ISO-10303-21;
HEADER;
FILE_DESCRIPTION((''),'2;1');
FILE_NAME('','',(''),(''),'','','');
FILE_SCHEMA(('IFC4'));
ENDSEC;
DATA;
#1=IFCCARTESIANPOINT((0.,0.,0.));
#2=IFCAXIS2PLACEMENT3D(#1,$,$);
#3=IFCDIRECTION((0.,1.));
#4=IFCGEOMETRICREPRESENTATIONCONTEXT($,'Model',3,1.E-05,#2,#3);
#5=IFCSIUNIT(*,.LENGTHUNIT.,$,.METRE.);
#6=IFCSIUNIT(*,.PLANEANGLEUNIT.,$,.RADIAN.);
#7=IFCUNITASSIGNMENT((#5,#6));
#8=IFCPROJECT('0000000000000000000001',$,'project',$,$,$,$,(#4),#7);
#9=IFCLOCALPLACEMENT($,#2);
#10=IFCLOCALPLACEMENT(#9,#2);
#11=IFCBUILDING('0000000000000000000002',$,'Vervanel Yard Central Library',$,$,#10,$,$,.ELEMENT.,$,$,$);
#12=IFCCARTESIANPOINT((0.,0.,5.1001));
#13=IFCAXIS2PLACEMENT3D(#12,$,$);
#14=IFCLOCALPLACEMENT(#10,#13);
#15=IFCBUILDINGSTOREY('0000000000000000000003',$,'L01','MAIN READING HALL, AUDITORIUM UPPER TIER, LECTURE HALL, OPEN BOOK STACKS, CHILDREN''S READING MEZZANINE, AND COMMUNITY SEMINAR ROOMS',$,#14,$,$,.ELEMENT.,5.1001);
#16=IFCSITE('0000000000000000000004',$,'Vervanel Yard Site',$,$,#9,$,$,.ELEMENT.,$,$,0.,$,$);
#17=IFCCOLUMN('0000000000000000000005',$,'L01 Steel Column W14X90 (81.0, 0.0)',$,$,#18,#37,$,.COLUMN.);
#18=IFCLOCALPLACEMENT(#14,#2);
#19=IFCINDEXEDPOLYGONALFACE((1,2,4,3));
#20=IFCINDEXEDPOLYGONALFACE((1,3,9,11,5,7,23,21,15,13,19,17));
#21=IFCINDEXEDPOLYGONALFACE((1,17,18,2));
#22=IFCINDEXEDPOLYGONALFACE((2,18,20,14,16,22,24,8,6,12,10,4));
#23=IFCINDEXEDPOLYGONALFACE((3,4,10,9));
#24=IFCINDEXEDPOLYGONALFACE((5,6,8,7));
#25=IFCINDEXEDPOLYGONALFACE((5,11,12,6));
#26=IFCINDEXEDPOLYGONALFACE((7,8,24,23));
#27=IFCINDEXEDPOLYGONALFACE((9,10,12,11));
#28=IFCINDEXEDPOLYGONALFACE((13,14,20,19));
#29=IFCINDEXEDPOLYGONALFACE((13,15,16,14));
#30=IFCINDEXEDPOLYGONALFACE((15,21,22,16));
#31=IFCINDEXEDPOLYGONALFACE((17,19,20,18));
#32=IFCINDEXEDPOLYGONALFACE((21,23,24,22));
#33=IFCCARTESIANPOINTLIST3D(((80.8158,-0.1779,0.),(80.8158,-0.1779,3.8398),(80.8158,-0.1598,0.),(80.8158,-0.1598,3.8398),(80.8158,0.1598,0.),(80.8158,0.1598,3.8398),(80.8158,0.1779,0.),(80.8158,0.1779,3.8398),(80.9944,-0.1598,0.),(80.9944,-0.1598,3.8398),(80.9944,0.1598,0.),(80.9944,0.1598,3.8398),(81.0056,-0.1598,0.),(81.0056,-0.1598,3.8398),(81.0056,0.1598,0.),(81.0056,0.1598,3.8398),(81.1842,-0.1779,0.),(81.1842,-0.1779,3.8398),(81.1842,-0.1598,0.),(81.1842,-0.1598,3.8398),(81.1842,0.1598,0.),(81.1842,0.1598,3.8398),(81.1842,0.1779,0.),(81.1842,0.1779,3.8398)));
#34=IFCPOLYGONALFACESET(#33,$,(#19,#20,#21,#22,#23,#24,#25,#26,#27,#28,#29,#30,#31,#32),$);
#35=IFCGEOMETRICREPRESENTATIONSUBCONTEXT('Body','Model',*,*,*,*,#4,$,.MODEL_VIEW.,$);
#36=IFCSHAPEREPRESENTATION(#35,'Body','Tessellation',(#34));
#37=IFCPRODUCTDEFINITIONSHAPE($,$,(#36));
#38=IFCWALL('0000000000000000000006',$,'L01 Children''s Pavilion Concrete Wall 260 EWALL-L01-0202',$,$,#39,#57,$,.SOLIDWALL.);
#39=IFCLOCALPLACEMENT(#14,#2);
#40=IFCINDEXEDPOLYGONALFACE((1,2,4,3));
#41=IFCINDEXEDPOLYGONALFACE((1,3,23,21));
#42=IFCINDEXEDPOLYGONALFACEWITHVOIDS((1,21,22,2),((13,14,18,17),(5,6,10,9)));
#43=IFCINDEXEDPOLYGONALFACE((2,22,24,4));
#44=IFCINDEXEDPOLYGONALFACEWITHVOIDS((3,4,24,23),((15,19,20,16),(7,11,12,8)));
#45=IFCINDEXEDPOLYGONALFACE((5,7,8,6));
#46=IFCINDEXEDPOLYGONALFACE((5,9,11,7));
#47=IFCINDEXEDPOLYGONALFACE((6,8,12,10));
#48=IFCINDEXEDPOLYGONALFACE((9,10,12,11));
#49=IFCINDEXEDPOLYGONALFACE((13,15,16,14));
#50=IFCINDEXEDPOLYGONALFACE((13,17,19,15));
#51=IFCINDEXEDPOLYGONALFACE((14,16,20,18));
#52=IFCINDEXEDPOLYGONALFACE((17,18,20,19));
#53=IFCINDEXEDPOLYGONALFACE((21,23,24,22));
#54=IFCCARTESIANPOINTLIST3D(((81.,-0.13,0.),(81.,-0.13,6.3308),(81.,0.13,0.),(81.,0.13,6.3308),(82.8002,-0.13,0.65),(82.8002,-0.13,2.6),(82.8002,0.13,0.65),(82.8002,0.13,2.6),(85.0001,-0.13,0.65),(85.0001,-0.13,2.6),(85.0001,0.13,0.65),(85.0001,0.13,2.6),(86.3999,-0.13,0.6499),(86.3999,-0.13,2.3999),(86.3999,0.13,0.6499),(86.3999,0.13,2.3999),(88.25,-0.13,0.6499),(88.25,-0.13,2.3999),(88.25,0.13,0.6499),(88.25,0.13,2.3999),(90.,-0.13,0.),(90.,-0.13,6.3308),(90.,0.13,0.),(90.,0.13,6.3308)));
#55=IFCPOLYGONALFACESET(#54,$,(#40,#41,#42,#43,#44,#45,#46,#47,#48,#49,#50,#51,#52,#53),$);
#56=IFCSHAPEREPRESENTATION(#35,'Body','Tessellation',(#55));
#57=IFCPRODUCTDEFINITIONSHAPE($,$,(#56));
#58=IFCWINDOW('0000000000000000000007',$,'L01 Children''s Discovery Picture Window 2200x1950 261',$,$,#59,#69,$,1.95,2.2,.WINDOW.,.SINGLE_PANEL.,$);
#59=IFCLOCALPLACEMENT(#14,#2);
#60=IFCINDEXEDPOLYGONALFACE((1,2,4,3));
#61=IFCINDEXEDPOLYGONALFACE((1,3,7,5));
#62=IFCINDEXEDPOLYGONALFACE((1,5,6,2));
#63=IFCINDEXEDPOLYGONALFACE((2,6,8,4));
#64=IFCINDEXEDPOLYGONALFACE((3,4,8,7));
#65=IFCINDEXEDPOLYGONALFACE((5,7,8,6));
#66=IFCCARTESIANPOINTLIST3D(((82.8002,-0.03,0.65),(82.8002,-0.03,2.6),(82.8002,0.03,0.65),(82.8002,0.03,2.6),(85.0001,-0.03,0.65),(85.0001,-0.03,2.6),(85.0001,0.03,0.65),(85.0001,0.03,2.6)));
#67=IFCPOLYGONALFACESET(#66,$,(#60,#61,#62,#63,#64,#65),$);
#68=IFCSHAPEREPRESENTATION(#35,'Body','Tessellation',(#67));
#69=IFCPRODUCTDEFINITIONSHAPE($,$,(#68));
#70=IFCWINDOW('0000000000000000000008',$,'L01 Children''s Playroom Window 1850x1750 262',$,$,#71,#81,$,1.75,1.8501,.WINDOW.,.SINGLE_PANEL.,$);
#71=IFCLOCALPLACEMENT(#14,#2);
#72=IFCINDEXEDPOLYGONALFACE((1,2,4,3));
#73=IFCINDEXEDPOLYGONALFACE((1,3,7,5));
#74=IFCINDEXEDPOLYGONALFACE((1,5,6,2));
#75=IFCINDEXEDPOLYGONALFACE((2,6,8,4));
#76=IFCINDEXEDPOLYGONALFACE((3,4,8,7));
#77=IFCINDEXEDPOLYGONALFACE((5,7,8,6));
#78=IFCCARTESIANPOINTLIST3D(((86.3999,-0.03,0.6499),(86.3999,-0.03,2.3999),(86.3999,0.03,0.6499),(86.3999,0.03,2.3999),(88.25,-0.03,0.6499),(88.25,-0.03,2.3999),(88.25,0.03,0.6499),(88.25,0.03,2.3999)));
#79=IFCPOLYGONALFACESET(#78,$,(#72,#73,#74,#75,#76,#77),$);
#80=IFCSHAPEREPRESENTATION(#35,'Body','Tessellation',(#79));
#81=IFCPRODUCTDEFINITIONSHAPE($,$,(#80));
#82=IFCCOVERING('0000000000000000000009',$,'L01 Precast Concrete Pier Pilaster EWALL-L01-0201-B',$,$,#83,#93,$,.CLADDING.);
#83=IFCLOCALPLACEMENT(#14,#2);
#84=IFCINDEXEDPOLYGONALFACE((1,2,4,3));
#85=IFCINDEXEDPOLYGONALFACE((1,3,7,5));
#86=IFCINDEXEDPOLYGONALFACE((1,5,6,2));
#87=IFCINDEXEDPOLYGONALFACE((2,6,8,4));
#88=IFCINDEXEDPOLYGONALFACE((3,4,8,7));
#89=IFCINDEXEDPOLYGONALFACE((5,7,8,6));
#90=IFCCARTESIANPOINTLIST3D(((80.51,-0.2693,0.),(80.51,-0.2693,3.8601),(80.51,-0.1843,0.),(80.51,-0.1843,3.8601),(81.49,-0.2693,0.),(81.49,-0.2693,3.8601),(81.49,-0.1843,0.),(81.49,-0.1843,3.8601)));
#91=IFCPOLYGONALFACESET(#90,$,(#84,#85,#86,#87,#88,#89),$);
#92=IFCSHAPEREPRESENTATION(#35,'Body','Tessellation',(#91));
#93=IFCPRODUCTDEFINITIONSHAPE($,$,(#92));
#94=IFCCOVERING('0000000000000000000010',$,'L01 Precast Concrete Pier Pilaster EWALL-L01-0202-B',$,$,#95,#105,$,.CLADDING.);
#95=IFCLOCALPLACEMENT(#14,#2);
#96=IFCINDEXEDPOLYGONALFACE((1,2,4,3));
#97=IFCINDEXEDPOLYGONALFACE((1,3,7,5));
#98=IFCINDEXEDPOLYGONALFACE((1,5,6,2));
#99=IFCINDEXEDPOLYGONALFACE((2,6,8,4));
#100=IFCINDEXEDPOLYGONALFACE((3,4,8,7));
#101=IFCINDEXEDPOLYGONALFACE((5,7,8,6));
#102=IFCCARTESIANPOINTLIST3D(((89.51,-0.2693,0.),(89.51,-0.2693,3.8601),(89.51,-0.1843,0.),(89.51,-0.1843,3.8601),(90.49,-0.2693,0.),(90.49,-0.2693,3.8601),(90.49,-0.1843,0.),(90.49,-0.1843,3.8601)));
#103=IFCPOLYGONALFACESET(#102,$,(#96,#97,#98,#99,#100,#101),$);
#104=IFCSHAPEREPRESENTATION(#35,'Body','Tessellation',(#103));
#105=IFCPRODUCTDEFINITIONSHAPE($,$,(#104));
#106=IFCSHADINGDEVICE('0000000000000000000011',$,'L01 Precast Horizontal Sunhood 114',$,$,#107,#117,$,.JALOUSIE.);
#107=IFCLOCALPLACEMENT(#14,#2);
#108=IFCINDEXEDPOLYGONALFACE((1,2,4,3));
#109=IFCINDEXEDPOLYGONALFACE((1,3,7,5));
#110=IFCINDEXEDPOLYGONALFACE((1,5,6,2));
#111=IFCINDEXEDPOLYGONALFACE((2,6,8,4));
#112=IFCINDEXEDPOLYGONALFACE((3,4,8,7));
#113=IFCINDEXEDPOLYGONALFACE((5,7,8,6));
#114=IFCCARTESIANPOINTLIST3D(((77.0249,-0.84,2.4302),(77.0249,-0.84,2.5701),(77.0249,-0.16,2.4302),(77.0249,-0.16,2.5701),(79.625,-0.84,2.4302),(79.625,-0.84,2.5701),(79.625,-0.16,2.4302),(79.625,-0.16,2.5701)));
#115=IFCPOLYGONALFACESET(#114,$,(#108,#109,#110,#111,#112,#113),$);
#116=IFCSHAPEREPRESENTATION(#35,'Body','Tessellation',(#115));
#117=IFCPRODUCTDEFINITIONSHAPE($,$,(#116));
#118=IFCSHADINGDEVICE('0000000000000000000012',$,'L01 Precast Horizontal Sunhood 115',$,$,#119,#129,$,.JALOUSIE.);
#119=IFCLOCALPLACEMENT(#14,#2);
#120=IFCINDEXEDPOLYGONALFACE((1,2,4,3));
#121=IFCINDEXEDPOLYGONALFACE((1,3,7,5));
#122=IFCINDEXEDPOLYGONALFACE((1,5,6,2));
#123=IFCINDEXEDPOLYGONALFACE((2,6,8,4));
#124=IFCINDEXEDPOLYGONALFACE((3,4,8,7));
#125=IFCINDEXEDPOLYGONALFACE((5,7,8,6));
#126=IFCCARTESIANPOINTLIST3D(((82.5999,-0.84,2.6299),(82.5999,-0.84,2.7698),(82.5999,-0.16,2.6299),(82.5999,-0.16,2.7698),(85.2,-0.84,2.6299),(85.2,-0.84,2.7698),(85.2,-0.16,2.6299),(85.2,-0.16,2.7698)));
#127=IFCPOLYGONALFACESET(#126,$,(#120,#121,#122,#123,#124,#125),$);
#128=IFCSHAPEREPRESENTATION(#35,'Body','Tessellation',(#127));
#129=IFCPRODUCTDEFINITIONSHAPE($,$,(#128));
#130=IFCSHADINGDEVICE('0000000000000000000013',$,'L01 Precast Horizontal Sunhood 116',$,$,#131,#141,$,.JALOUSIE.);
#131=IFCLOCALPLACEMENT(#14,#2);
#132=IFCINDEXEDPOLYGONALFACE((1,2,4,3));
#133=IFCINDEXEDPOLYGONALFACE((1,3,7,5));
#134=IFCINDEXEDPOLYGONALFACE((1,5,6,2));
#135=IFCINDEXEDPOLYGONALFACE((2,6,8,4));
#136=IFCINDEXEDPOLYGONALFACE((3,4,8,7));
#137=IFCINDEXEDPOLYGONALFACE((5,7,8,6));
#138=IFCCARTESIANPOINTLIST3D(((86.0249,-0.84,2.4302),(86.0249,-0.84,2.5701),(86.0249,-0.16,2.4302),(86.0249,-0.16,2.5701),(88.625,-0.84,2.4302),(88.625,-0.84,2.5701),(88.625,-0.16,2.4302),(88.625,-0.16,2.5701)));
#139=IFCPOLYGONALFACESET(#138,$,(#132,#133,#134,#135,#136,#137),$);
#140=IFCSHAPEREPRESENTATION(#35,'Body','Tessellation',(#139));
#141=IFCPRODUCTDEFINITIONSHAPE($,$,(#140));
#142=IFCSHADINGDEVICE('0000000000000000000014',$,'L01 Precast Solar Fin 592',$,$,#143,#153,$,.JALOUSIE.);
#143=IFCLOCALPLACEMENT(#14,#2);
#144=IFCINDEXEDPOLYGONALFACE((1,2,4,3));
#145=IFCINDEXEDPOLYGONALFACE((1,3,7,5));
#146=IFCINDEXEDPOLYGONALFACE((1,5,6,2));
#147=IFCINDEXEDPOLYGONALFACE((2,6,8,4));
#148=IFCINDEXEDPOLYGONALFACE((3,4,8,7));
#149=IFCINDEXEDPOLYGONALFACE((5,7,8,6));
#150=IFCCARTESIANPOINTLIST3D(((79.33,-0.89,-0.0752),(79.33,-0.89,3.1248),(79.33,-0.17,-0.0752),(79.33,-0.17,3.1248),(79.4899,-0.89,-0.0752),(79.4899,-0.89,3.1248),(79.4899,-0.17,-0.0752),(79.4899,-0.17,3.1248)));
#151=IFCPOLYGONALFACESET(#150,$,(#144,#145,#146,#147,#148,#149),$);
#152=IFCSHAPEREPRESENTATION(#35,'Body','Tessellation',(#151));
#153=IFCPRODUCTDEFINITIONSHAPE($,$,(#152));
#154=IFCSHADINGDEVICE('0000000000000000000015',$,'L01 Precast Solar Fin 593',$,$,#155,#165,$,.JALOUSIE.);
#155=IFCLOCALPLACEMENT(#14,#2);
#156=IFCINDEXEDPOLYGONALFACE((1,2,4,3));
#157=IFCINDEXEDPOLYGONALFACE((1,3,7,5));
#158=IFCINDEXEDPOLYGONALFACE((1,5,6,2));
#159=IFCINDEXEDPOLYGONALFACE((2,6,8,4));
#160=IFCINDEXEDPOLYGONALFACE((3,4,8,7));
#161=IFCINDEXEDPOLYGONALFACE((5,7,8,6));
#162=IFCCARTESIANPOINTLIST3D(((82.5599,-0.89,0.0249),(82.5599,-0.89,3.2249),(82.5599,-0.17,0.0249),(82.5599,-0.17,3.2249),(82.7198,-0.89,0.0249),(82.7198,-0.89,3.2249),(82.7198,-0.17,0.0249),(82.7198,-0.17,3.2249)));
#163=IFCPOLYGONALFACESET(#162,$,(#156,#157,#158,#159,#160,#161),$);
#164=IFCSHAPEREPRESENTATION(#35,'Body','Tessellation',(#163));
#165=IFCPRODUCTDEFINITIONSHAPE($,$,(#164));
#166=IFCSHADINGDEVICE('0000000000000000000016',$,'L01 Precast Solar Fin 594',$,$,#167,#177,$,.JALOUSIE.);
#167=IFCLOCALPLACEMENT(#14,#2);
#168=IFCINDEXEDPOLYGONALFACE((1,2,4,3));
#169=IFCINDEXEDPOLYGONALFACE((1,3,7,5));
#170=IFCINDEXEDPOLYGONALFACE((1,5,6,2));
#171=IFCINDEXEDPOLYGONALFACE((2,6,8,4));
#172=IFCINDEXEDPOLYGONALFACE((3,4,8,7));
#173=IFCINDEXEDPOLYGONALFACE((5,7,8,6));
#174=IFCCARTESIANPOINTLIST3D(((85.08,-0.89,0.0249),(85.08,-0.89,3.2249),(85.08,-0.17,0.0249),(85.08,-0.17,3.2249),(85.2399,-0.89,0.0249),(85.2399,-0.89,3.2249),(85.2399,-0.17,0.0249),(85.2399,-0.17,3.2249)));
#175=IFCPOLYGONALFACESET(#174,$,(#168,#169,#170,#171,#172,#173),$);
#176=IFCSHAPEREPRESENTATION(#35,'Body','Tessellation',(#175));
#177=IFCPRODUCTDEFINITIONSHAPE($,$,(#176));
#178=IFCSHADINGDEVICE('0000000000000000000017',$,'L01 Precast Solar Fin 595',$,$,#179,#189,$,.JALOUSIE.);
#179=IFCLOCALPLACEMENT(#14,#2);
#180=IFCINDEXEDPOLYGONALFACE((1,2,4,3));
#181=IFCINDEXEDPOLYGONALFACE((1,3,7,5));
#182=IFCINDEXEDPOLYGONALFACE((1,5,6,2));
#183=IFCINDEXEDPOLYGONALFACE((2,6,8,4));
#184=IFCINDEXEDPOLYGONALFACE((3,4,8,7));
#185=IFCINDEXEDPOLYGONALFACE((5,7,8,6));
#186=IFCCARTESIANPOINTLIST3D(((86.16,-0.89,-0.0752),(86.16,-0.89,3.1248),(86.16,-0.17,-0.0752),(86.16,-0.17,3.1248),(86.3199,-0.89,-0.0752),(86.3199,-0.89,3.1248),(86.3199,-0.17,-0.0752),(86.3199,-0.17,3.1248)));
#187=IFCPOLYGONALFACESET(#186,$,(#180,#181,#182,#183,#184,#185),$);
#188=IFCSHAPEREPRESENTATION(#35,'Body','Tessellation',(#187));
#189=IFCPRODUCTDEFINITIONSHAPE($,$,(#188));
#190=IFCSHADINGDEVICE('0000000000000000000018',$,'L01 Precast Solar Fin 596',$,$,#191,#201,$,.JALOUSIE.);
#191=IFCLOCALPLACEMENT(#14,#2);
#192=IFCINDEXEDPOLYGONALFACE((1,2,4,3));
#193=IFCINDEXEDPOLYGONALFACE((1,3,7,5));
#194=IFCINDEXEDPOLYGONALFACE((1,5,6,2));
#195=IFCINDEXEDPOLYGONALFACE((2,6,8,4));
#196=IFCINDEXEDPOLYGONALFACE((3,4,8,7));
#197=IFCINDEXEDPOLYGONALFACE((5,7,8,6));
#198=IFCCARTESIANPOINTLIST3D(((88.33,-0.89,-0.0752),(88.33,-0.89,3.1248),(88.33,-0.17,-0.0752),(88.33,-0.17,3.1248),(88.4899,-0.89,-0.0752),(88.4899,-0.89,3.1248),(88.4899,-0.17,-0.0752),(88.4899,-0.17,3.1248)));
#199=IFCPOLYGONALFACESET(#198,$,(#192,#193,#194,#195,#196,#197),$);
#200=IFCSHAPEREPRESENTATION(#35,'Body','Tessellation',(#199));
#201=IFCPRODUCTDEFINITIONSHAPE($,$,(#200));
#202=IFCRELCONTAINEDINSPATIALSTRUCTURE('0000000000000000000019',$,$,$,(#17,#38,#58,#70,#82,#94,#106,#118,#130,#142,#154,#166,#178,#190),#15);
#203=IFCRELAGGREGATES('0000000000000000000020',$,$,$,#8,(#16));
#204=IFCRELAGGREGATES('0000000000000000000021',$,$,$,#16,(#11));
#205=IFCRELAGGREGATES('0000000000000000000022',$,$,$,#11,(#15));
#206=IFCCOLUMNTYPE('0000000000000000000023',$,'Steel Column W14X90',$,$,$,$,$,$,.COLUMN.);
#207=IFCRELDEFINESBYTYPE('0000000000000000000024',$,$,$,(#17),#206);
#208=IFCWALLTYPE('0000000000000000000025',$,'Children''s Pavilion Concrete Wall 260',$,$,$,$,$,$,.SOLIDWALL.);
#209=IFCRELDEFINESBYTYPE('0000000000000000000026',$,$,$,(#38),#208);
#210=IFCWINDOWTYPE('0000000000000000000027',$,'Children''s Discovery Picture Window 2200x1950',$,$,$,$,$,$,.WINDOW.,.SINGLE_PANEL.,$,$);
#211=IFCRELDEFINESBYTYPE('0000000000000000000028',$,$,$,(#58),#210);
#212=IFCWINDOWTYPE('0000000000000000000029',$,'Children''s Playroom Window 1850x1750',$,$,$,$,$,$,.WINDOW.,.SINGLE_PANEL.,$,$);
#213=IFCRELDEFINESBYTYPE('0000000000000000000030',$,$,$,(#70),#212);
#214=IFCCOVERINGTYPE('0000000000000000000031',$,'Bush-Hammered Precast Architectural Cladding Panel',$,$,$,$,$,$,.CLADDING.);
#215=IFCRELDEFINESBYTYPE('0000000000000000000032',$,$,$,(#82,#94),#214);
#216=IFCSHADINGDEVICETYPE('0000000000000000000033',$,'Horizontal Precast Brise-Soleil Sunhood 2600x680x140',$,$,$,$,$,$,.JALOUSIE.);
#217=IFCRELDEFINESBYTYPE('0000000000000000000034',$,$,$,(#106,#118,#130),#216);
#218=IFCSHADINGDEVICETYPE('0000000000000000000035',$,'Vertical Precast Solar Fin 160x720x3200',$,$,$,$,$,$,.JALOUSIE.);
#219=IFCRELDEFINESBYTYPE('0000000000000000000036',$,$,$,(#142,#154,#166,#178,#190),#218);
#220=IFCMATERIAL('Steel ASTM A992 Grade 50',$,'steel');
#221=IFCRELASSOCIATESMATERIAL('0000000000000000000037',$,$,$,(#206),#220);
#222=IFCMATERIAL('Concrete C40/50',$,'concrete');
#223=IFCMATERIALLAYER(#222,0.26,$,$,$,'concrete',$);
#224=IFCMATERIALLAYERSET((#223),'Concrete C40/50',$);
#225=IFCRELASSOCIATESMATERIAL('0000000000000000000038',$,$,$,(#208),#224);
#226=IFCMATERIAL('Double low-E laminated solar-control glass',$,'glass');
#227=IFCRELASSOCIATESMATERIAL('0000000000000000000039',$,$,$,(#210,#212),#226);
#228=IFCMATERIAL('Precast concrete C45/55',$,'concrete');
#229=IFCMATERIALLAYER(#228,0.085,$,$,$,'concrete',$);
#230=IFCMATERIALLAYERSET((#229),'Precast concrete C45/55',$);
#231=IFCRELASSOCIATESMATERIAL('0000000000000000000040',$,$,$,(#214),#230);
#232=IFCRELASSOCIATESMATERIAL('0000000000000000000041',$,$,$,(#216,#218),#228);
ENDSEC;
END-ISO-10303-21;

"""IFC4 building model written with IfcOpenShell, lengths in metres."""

from ifc_helpers import new_model, si_unit, direction, frame, frame_2d, origin, origin_2d, place, context, subcontext, project, spatial, rectangle, i_section, extrude, material, layer, layer_set, material_profile, profile_set, type_object, element, fill, save


model = new_model("IFC4")

# Units and contexts
model_context = context("Model", 3, precision=1e-05, world=origin(), true_north=direction((0.0, 1.0)))
body_context = subcontext(model_context, "Body", "Model", "MODEL_VIEW")
ifc_project = project(units=[si_unit("LENGTHUNIT", "METRE"), si_unit("PLANEANGLEUNIT", "RADIAN")], contexts=[model_context])

# Site, building, storey
site_placement = place(None, origin())
site = spatial("IfcSite", under=ifc_project, at=site_placement, Name="Vervanel Yard Site", CompositionType="ELEMENT", RefElevation=0.0)
building_placement = place(site_placement, origin())
building = spatial("IfcBuilding", under=site, at=building_placement, Name="Vervanel Yard Central Library", CompositionType="ELEMENT")
storey_placement = place(building_placement, frame((0.0, 0.0, 5.1001)))
storey = spatial("IfcBuildingStorey", under=building, at=storey_placement, Name="L01", Description="MAIN READING HALL, AUDITORIUM UPPER TIER, LECTURE HALL, OPEN BOOK STACKS, CHILDREN'S READING MEZZANINE, AND COMMUNITY SEMINAR ROOMS", CompositionType="ELEMENT", Elevation=5.1001)

# Column
ifc_material_1 = material(Name="Steel ASTM A992 Grade 50", Category="steel")
ifc_material_profile = material_profile(ifc_material_1, i_section(OverallWidth=0.3684, OverallDepth=0.3557, WebThickness=0.0112, FlangeThickness=0.0181, at=origin_2d()), Name="W14X90", Category="steel")
ifc_profile_set = profile_set([ifc_material_profile], Name="Steel ASTM A992 Grade 50")
column_type = type_object("IfcColumnType", Name="Steel Column W14X90", PredefinedType="COLUMN", material=ifc_profile_set)
column_placement = place(storey_placement, frame((81.0, 0.0, 0.0), z_axis=(0.0, 0.0, 1.0), x_axis=(1.0, 0.0, 0.0)))
element("IfcColumn", 1, at=column_placement, inside=storey, type_object=column_type, Name="L01 Steel Column W14X90 (81.0, 0.0)", PredefinedType="COLUMN", context=body_context, shape_type="SweptSolid", body=[
    extrude(i_section(OverallWidth=0.3684, OverallDepth=0.3557, WebThickness=0.0112, FlangeThickness=0.0181, at=origin_2d()), origin(), (0.0, 0.0, 1.0), 3.8398),
])

# Wall, openings, windows
ifc_material_2 = material(Name="Concrete C40/50", Category="concrete")
ifc_layer_1 = layer(ifc_material_2, 0.26, Category="concrete")
ifc_layer_set_1 = layer_set([ifc_layer_1], Name="Concrete C40/50")
wall_type = type_object("IfcWallType", Name="Children's Pavilion Concrete Wall 260", PredefinedType="SOLIDWALL", material=ifc_layer_set_1)
wall_placement = place(storey_placement, frame((81.0, 0.0, 0.0), z_axis=(0.0, 0.0, 1.0), x_axis=(1.0, 0.0, 0.0)))
wall = element("IfcWall", 2, at=wall_placement, inside=storey, type_object=wall_type, Name="L01 Children's Pavilion Concrete Wall 260 EWALL-L01-0202", PredefinedType="SOLIDWALL", context=body_context, shape_type="SweptSolid", body=[
    extrude(rectangle(XDim=9.0, YDim=0.26, at=frame_2d((4.5, 0.0))), origin(), (0.0, 0.0, 1.0), 6.3308),
])
opening_1_placement = place(wall_placement, frame((1.8, 0.0, 0.6499)))
opening_1 = element("IfcOpeningElement", 3, at=opening_1_placement, cuts=wall, PredefinedType="OPENING", context=body_context, shape_type="SweptSolid", body=[
    extrude(rectangle(XDim=2.2, YDim=1.95, at=frame_2d((1.1001, 0.9751))), frame((0.0, 0.1399, 0.0), z_axis=(0.0, -1.0, 0.0), x_axis=(1.0, 0.0, 0.0)), (0.0, 0.0, 1.0), 0.28),
])
opening_2_placement = place(wall_placement, frame((5.3999, 0.0, 0.6499)))
opening_2 = element("IfcOpeningElement", 4, at=opening_2_placement, cuts=wall, PredefinedType="OPENING", context=body_context, shape_type="SweptSolid", body=[
    extrude(rectangle(XDim=1.8501, YDim=1.75, at=frame_2d((0.925, 0.875))), frame((0.0, 0.1399, 0.0), z_axis=(0.0, -1.0, 0.0), x_axis=(1.0, 0.0, 0.0)), (0.0, 0.0, 1.0), 0.28),
])
ifc_material_3 = material(Name="Double low-E laminated solar-control glass", Category="glass")
window_type_1 = type_object("IfcWindowType", Name="Children's Discovery Picture Window 2200x1950", PartitioningType="SINGLE_PANEL", PredefinedType="WINDOW", material=ifc_material_3)
window_1_placement = place(opening_1_placement, origin())
window_1 = element("IfcWindow", 5, at=window_1_placement, inside=storey, type_object=window_type_1, Name="L01 Children's Discovery Picture Window 2200x1950 261", OverallHeight=1.95, OverallWidth=2.2, PartitioningType="SINGLE_PANEL", PredefinedType="WINDOW", context=body_context, shape_type="SweptSolid", body=[
    extrude(rectangle(XDim=2.2, YDim=1.95, at=frame_2d((1.1001, 0.9751))), frame((0.0, 0.03, 0.0), z_axis=(0.0, -1.0, 0.0), x_axis=(1.0, 0.0, 0.0)), (0.0, 0.0, 1.0), 0.0601),
])
fill(opening_1, window_1)
window_type_2 = type_object("IfcWindowType", Name="Children's Playroom Window 1850x1750", PartitioningType="SINGLE_PANEL", PredefinedType="WINDOW", material=ifc_material_3)
window_2_placement = place(opening_2_placement, origin())
window_2 = element("IfcWindow", 6, at=window_2_placement, inside=storey, type_object=window_type_2, Name="L01 Children's Playroom Window 1850x1750 262", OverallHeight=1.75, OverallWidth=1.8501, PartitioningType="SINGLE_PANEL", PredefinedType="WINDOW", context=body_context, shape_type="SweptSolid", body=[
    extrude(rectangle(XDim=1.8501, YDim=1.75, at=frame_2d((0.925, 0.875))), frame((0.0, 0.03, 0.0), z_axis=(0.0, -1.0, 0.0), x_axis=(1.0, 0.0, 0.0)), (0.0, 0.0, 1.0), 0.0601),
])
fill(opening_2, window_2)

# Coverings
ifc_material_4 = material(Name="Precast concrete C45/55", Category="concrete")
ifc_layer_2 = layer(ifc_material_4, 0.085, Category="concrete")
ifc_layer_set_2 = layer_set([ifc_layer_2], Name="Precast concrete C45/55")
covering_type = type_object("IfcCoveringType", Name="Bush-Hammered Precast Architectural Cladding Panel", PredefinedType="CLADDING", material=ifc_layer_set_2)
for number, where, z_axis, x_axis, name in (
    (7, (81.0, -0.2268, 0.0), (0.0, 0.0, 1.0), (1.0, 0.0, 0.0), "L01 Precast Concrete Pier Pilaster EWALL-L01-0201-B"),
    (8, (90.0, -0.2268, 0.0), (0.0, 0.0, 1.0), (1.0, 0.0, 0.0), "L01 Precast Concrete Pier Pilaster EWALL-L01-0202-B"),
):
    element("IfcCovering", number, at=place(storey_placement, frame(where, z_axis=z_axis, x_axis=x_axis)), inside=storey, type_object=covering_type, Name=name, PredefinedType="CLADDING", context=body_context, shape_type="SweptSolid", body=[
        extrude(rectangle(XDim=0.98, YDim=0.085, at=origin_2d()), origin(), (0.0, 0.0, 1.0), 3.8601),
    ])

# Shading devices
shading_device_type_1 = type_object("IfcShadingDeviceType", Name="Horizontal Precast Brise-Soleil Sunhood 2600x680x140", PredefinedType="JALOUSIE", material=ifc_material_4)
for number, where, z_axis, x_axis, name in (
    (9, (78.325, -0.5, 2.4302), (0.0, 0.0, 1.0), (1.0, 0.0, 0.0), "L01 Precast Horizontal Sunhood 114"),
    (10, (83.8999, -0.5, 2.6299), (0.0, 0.0, 1.0), (1.0, 0.0, 0.0), "L01 Precast Horizontal Sunhood 115"),
    (11, (87.325, -0.5, 2.4302), (0.0, 0.0, 1.0), (1.0, 0.0, 0.0), "L01 Precast Horizontal Sunhood 116"),
):
    element("IfcShadingDevice", number, at=place(storey_placement, frame(where, z_axis=z_axis, x_axis=x_axis)), inside=storey, type_object=shading_device_type_1, Name=name, PredefinedType="JALOUSIE", context=body_context, shape_type="SweptSolid", body=[
        extrude(rectangle(XDim=2.6001, YDim=0.6799, at=origin_2d()), origin(), (0.0, 0.0, 1.0), 0.1399),
    ])
shading_device_type_2 = type_object("IfcShadingDeviceType", Name="Vertical Precast Solar Fin 160x720x3200", PredefinedType="JALOUSIE", material=ifc_material_4)
for number, where, z_axis, x_axis, name in (
    (12, (79.4099, -0.53, -0.0752), (0.0, 0.0, 1.0), (1.0, 0.0, 0.0), "L01 Precast Solar Fin 592"),
    (13, (82.6399, -0.53, 0.0249), (0.0, 0.0, 1.0), (1.0, 0.0, 0.0), "L01 Precast Solar Fin 593"),
    (14, (85.1599, -0.53, 0.0249), (0.0, 0.0, 1.0), (1.0, 0.0, 0.0), "L01 Precast Solar Fin 594"),
    (15, (86.24, -0.53, -0.0752), (0.0, 0.0, 1.0), (1.0, 0.0, 0.0), "L01 Precast Solar Fin 595"),
    (16, (88.4099, -0.53, -0.0752), (0.0, 0.0, 1.0), (1.0, 0.0, 0.0), "L01 Precast Solar Fin 596"),
):
    element("IfcShadingDevice", number, at=place(storey_placement, frame(where, z_axis=z_axis, x_axis=x_axis)), inside=storey, type_object=shading_device_type_2, Name=name, PredefinedType="JALOUSIE", context=body_context, shape_type="SweptSolid", body=[
        extrude(rectangle(XDim=0.1599, YDim=0.72, at=origin_2d()), origin(), (0.0, 0.0, 1.0), 3.2),
    ])

save(model, "model.ifc")
